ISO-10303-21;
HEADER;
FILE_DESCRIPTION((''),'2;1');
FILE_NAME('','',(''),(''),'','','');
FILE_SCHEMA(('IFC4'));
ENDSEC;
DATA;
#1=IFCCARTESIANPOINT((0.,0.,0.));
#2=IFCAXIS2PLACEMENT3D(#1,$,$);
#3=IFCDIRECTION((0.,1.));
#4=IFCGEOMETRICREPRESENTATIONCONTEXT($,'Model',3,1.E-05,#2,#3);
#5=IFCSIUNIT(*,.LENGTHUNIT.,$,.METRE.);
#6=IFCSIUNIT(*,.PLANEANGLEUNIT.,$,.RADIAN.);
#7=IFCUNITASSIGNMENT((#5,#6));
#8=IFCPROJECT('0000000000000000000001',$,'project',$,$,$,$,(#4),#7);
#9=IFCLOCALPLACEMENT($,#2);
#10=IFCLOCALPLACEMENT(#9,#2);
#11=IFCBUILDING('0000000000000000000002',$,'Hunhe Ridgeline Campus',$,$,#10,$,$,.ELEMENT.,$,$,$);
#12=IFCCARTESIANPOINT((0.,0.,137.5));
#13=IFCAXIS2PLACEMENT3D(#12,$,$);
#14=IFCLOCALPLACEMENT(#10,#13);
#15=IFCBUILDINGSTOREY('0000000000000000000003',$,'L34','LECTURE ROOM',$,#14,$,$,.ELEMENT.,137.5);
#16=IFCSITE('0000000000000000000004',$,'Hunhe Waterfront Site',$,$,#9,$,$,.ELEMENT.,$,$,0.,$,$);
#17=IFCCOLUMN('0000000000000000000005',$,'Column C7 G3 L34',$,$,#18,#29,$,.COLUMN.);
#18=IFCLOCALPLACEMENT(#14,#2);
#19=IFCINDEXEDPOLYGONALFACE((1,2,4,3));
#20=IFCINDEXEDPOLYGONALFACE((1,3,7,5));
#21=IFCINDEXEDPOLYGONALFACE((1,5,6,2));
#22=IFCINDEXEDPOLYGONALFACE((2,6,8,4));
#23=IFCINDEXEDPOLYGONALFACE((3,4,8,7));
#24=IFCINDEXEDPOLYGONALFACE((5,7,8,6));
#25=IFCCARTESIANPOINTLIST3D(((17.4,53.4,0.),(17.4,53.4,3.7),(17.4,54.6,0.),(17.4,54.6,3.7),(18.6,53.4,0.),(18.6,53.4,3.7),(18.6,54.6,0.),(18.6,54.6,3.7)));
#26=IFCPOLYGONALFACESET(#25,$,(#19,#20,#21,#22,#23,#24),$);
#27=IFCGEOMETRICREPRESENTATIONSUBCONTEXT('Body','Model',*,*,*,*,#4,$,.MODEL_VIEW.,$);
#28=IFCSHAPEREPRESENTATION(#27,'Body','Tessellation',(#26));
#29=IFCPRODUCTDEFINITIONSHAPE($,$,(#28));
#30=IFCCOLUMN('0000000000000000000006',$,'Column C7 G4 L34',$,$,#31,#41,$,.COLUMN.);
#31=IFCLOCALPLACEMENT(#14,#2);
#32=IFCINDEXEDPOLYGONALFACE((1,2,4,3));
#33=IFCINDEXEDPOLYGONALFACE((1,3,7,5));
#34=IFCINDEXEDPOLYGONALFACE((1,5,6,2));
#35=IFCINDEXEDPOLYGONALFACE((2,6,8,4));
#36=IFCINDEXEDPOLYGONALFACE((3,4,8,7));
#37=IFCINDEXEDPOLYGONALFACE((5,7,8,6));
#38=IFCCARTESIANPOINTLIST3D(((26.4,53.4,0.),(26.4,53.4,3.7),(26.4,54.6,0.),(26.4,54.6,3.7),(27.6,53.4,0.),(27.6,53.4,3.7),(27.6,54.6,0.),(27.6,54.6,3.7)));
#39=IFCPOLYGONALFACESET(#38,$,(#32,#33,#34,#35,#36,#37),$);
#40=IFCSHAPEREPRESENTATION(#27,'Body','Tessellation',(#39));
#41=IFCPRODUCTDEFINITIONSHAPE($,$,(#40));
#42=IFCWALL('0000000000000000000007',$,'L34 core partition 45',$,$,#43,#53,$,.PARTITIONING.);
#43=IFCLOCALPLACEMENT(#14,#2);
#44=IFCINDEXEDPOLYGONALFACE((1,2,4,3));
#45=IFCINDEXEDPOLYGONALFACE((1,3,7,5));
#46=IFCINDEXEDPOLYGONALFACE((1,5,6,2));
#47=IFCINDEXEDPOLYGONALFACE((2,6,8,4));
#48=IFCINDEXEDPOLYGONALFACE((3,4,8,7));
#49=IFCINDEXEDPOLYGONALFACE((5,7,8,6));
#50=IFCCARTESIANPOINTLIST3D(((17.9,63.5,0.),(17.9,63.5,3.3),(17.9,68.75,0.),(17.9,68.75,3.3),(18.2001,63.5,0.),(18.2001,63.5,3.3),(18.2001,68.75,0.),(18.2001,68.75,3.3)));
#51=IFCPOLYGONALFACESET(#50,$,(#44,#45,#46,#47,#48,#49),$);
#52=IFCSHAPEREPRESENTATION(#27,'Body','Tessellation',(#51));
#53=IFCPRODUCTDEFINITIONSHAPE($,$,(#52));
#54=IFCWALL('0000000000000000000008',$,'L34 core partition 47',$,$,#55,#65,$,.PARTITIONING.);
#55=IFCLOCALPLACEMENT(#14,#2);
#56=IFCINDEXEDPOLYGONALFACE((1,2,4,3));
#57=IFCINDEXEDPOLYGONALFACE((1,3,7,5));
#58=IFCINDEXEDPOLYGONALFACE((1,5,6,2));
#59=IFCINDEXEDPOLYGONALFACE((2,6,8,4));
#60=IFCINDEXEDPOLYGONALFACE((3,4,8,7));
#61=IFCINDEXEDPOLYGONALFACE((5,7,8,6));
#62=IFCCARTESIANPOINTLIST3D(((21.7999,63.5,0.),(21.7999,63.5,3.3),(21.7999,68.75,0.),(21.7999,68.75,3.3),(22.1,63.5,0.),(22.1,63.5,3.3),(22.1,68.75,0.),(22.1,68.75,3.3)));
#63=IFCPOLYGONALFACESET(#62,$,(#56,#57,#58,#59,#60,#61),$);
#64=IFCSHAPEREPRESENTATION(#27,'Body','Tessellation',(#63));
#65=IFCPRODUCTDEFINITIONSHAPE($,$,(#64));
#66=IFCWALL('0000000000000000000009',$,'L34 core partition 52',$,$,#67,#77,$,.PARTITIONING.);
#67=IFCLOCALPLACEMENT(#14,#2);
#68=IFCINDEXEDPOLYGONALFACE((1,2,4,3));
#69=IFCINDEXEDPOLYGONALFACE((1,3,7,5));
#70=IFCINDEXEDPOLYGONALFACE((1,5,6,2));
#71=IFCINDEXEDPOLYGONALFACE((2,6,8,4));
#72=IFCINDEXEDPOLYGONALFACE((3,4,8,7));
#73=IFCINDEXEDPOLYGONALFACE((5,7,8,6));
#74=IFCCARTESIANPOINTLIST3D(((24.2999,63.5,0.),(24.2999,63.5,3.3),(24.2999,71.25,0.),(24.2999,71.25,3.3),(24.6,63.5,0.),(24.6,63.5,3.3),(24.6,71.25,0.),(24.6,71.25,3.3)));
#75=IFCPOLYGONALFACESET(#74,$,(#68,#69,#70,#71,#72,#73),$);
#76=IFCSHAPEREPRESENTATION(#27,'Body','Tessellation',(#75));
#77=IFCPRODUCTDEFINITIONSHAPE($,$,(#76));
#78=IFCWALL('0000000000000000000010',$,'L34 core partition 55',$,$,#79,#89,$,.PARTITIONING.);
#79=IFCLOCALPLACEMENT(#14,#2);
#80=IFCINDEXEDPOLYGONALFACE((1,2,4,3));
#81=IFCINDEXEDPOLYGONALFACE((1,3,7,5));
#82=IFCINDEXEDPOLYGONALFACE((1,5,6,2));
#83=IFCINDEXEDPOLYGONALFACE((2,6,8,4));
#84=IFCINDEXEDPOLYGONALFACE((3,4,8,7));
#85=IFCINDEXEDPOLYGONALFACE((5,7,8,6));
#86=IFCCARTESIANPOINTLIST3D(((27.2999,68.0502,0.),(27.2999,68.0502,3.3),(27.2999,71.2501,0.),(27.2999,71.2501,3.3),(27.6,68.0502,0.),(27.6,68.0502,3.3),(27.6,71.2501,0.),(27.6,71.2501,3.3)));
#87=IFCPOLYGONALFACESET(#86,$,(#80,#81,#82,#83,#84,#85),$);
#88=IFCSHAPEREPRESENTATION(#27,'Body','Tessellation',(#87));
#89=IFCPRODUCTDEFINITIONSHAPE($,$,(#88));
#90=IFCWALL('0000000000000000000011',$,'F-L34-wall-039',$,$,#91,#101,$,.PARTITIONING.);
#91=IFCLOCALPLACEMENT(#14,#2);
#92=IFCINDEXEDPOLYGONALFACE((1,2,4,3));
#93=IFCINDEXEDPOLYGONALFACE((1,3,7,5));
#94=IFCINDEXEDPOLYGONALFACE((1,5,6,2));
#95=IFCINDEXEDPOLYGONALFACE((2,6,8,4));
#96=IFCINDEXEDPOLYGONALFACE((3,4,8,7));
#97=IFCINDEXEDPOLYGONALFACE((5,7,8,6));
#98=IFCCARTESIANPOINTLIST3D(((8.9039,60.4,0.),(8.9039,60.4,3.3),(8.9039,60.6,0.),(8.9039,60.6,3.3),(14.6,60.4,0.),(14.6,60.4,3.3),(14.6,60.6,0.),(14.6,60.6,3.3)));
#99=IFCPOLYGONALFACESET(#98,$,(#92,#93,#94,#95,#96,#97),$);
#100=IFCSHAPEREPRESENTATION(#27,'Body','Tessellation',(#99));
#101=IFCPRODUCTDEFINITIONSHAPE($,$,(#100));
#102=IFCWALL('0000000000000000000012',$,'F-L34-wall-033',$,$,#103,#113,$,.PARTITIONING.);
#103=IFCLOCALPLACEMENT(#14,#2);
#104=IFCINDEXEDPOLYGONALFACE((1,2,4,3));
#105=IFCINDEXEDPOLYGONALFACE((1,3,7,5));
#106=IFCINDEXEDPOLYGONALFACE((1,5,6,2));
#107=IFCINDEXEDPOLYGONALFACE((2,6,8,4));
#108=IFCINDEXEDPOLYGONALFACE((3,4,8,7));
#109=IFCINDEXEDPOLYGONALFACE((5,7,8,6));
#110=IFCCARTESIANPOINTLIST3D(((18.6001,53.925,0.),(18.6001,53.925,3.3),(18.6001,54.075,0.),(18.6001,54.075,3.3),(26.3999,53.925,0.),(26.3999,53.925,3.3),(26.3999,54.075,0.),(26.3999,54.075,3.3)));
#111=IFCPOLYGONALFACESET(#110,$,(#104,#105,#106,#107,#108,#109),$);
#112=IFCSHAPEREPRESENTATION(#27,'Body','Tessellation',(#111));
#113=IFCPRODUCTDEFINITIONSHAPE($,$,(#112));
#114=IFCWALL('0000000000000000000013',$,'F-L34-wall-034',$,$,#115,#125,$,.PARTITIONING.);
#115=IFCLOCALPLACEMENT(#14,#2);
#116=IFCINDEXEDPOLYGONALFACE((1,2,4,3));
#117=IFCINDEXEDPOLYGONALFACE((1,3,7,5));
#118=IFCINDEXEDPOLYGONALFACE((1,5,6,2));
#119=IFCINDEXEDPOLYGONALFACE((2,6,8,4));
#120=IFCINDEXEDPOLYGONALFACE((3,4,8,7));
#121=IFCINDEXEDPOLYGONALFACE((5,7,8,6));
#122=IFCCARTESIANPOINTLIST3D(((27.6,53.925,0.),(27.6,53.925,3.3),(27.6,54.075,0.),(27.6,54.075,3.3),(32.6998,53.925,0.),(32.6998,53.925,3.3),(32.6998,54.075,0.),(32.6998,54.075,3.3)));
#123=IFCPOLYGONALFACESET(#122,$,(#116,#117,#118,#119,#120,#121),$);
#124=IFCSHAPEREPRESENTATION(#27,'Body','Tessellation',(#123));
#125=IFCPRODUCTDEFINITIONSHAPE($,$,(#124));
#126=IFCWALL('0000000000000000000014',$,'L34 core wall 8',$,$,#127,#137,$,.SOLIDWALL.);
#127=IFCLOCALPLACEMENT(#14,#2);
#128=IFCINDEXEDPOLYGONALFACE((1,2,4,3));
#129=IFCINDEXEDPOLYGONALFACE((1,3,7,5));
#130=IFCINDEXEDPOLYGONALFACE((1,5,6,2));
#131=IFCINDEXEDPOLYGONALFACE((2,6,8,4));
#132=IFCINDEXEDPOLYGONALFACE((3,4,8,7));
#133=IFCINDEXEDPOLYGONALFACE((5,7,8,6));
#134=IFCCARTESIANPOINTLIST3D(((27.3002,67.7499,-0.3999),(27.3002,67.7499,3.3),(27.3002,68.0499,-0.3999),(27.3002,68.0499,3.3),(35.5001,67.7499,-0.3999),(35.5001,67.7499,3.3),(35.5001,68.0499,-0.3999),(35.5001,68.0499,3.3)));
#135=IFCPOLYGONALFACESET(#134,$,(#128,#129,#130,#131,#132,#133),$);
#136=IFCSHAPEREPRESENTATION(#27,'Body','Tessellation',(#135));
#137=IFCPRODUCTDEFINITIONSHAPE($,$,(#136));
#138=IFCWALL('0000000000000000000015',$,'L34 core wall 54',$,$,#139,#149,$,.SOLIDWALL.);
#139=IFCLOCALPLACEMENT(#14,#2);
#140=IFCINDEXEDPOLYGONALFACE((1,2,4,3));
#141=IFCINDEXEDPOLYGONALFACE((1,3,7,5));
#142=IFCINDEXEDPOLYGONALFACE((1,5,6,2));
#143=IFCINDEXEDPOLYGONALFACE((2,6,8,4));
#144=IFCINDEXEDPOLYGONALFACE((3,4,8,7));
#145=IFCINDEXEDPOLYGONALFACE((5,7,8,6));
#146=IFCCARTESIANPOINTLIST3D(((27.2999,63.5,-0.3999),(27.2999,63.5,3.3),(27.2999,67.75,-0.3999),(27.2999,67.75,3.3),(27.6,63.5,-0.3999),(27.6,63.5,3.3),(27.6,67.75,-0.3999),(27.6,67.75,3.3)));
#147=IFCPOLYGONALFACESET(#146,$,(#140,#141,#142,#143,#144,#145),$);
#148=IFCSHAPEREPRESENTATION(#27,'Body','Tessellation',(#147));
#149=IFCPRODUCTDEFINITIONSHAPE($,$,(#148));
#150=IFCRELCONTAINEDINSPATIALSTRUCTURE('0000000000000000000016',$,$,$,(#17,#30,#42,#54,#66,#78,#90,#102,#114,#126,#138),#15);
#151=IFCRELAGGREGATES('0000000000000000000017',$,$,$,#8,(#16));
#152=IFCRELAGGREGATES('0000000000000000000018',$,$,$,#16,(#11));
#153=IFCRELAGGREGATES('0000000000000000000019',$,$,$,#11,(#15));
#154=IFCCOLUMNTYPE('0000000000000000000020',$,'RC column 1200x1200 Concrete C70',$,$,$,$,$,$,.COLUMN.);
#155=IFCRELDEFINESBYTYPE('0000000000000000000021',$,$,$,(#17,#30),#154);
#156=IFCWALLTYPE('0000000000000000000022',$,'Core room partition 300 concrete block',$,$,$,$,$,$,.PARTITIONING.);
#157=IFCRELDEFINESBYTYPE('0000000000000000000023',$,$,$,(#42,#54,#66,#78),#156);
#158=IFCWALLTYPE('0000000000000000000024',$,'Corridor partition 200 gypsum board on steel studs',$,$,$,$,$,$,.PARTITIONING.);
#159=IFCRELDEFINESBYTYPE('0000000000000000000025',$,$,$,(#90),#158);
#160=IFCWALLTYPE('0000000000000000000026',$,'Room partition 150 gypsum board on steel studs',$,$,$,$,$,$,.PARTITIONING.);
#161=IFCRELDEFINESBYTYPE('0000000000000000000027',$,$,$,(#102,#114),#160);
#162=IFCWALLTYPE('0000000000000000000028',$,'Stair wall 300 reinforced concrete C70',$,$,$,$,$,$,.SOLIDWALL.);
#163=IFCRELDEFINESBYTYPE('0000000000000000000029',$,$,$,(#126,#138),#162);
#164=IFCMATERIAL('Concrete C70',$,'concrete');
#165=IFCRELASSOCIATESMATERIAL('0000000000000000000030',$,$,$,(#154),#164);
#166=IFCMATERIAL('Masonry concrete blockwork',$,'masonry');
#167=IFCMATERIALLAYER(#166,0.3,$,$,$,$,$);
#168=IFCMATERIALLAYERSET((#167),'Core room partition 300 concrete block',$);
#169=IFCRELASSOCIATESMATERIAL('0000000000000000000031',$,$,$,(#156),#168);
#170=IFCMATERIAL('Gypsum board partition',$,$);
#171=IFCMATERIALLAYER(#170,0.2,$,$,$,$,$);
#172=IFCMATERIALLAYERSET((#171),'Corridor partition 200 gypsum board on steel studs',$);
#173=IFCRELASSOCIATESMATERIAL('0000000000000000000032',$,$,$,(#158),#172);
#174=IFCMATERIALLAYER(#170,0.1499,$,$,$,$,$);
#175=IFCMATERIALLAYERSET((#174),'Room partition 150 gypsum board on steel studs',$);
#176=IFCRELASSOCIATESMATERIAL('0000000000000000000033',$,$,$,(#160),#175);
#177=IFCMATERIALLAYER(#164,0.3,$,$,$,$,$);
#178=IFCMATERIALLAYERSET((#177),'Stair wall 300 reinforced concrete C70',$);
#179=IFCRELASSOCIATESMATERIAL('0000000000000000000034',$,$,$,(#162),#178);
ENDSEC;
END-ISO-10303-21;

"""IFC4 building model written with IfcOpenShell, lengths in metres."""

from ifc_helpers import new_model, si_unit, direction, frame, frame_2d, origin, origin_2d, place, context, subcontext, project, spatial, rectangle, extrude, material, layer, layer_set, material_profile, profile_set, type_object, element, save


model = new_model("IFC4")

# Units and contexts
model_context = context("Model", 3, precision=1e-05, world=origin(), true_north=direction((0.0, 1.0)))
body_context = subcontext(model_context, "Body", "Model", "MODEL_VIEW")
ifc_project = project(units=[si_unit("LENGTHUNIT", "METRE"), si_unit("PLANEANGLEUNIT", "RADIAN")], contexts=[model_context])

# Site, building, storey
site_placement = place(None, origin())
site = spatial("IfcSite", under=ifc_project, at=site_placement, Name="Hunhe Waterfront Site", CompositionType="ELEMENT", RefElevation=0.0)
building_placement = place(site_placement, origin())
building = spatial("IfcBuilding", under=site, at=building_placement, Name="Hunhe Ridgeline Campus", CompositionType="ELEMENT")
storey_placement = place(building_placement, frame((0.0, 0.0, 137.5)))
storey = spatial("IfcBuildingStorey", under=building, at=storey_placement, Name="L34", Description="LECTURE ROOM", CompositionType="ELEMENT", Elevation=137.5)

# Columns
ifc_material_1 = material(Name="Concrete C70", Category="concrete")
ifc_material_profile = material_profile(ifc_material_1, rectangle(XDim=1.2, YDim=1.2, at=origin_2d()))
ifc_profile_set = profile_set([ifc_material_profile], Name="Concrete C70")
column_type = type_object("IfcColumnType", Name="RC column 1200x1200 Concrete C70", PredefinedType="COLUMN", material=ifc_profile_set)
for number, where, z_axis, x_axis, name in (
    (1, (18.0, 54.0, 0.0), (0.0, 0.0, 1.0), (1.0, 0.0, 0.0), "Column C7 G3 L34"),
    (2, (27.0, 54.0, 0.0), (0.0, 0.0, 1.0), (1.0, 0.0, 0.0), "Column C7 G4 L34"),
):
    element("IfcColumn", number, at=place(storey_placement, frame(where, z_axis=z_axis, x_axis=x_axis)), inside=storey, type_object=column_type, Name=name, PredefinedType="COLUMN", context=body_context, shape_type="SweptSolid", body=[
        extrude(rectangle(XDim=1.2, YDim=1.2, at=origin_2d()), origin(), (0.0, 0.0, 1.0), 3.7),
    ])

# Walls
ifc_material_2 = material(Name="Masonry concrete blockwork", Category="masonry")
ifc_layer_1 = layer(ifc_material_2, 0.3)
ifc_layer_set_1 = layer_set([ifc_layer_1], Name="Core room partition 300 concrete block")
wall_type_1 = type_object("IfcWallType", Name="Core room partition 300 concrete block", PredefinedType="PARTITIONING", material=ifc_layer_set_1)
for number, where, z_axis, x_axis, name in (
    (3, (18.05, 63.5, 0.0), (0.0, 0.0, 1.0), (0.0, 1.0, 0.0), "L34 core partition 45"),
    (4, (21.95, 63.5, 0.0), (0.0, 0.0, 1.0), (0.0, 1.0, 0.0), "L34 core partition 47"),
):
    element("IfcWall", number, at=place(storey_placement, frame(where, z_axis=z_axis, x_axis=x_axis)), inside=storey, type_object=wall_type_1, Name=name, PredefinedType="PARTITIONING", context=body_context, shape_type="SweptSolid", body=[
        extrude(rectangle(XDim=5.25, YDim=0.3, at=frame_2d((2.625, 0.0))), origin(), (0.0, 0.0, 1.0), 3.3),
    ])
wall_1_placement = place(storey_placement, frame((24.45, 63.5, 0.0), z_axis=(0.0, 0.0, 1.0), x_axis=(0.0, 1.0, 0.0)))
element("IfcWall", 5, at=wall_1_placement, inside=storey, type_object=wall_type_1, Name="L34 core partition 52", PredefinedType="PARTITIONING", context=body_context, shape_type="SweptSolid", body=[
    extrude(rectangle(XDim=7.75, YDim=0.3, at=frame_2d((3.875, 0.0))), origin(), (0.0, 0.0, 1.0), 3.3),
])
wall_2_placement = place(storey_placement, frame((27.45, 68.05, 0.0), z_axis=(0.0, 0.0, 1.0), x_axis=(0.0, 1.0, 0.0)))
element("IfcWall", 6, at=wall_2_placement, inside=storey, type_object=wall_type_1, Name="L34 core partition 55", PredefinedType="PARTITIONING", context=body_context, shape_type="SweptSolid", body=[
    extrude(rectangle(XDim=3.2, YDim=0.3, at=frame_2d((1.6001, 0.0))), origin(), (0.0, 0.0, 1.0), 3.3),
])
ifc_material_3 = material(Name="Gypsum board partition")
ifc_layer_2 = layer(ifc_material_3, 0.2)
ifc_layer_set_2 = layer_set([ifc_layer_2], Name="Corridor partition 200 gypsum board on steel studs")
wall_type_2 = type_object("IfcWallType", Name="Corridor partition 200 gypsum board on steel studs", PredefinedType="PARTITIONING", material=ifc_layer_set_2)
wall_3_placement = place(storey_placement, frame((14.6001, 60.5, 0.0), z_axis=(0.0, 0.0, 1.0), x_axis=(-1.0, 0.0, 0.0)))
element("IfcWall", 7, at=wall_3_placement, inside=storey, type_object=wall_type_2, Name="F-L34-wall-039", PredefinedType="PARTITIONING", context=body_context, shape_type="SweptSolid", body=[
    extrude(rectangle(XDim=5.696, YDim=0.2, at=frame_2d((2.8481, 0.0))), origin(), (0.0, 0.0, 1.0), 3.3),
])

# Walls
ifc_layer_3 = layer(ifc_material_3, 0.1499)
ifc_layer_set_3 = layer_set([ifc_layer_3], Name="Room partition 150 gypsum board on steel studs")
wall_type_3 = type_object("IfcWallType", Name="Room partition 150 gypsum board on steel studs", PredefinedType="PARTITIONING", material=ifc_layer_set_3)
wall_4_placement = place(storey_placement, frame((18.6001, 54.0, 0.0), z_axis=(0.0, 0.0, 1.0), x_axis=(1.0, 0.0, 0.0)))
element("IfcWall", 8, at=wall_4_placement, inside=storey, type_object=wall_type_3, Name="F-L34-wall-033", PredefinedType="PARTITIONING", context=body_context, shape_type="SweptSolid", body=[
    extrude(rectangle(XDim=7.7998, YDim=0.1499, at=frame_2d((3.8999, 0.0))), origin(), (0.0, 0.0, 1.0), 3.3),
])
wall_5_placement = place(storey_placement, frame((27.6001, 54.0, 0.0), z_axis=(0.0, 0.0, 1.0), x_axis=(1.0, 0.0, 0.0)))
element("IfcWall", 9, at=wall_5_placement, inside=storey, type_object=wall_type_3, Name="F-L34-wall-034", PredefinedType="PARTITIONING", context=body_context, shape_type="SweptSolid", body=[
    extrude(rectangle(XDim=5.0999, YDim=0.1499, at=frame_2d((2.5498, 0.0))), origin(), (0.0, 0.0, 1.0), 3.3),
])
ifc_layer_4 = layer(ifc_material_1, 0.3)
ifc_layer_set_4 = layer_set([ifc_layer_4], Name="Stair wall 300 reinforced concrete C70")
wall_type_4 = type_object("IfcWallType", Name="Stair wall 300 reinforced concrete C70", PredefinedType="SOLIDWALL", material=ifc_layer_set_4)
wall_6_placement = place(storey_placement, frame((27.3, 67.8999, -0.3999), z_axis=(0.0, 0.0, 1.0), x_axis=(1.0, 0.0, 0.0)))
element("IfcWall", 10, at=wall_6_placement, inside=storey, type_object=wall_type_4, Name="L34 core wall 8", PredefinedType="SOLIDWALL", context=body_context, shape_type="SweptSolid", body=[
    extrude(rectangle(XDim=8.2, YDim=0.3, at=frame_2d((4.1001, 0.0))), origin(), (0.0, 0.0, 1.0), 3.7),
])
wall_7_placement = place(storey_placement, frame((27.45, 63.5, -0.3999), z_axis=(0.0, 0.0, 1.0), x_axis=(0.0, 1.0, 0.0)))
element("IfcWall", 11, at=wall_7_placement, inside=storey, type_object=wall_type_4, Name="L34 core wall 54", PredefinedType="SOLIDWALL", context=body_context, shape_type="SweptSolid", body=[
    extrude(rectangle(XDim=4.25, YDim=0.3, at=frame_2d((2.125, 0.0))), origin(), (0.0, 0.0, 1.0), 3.7),
])

save(model, "model.ifc")
